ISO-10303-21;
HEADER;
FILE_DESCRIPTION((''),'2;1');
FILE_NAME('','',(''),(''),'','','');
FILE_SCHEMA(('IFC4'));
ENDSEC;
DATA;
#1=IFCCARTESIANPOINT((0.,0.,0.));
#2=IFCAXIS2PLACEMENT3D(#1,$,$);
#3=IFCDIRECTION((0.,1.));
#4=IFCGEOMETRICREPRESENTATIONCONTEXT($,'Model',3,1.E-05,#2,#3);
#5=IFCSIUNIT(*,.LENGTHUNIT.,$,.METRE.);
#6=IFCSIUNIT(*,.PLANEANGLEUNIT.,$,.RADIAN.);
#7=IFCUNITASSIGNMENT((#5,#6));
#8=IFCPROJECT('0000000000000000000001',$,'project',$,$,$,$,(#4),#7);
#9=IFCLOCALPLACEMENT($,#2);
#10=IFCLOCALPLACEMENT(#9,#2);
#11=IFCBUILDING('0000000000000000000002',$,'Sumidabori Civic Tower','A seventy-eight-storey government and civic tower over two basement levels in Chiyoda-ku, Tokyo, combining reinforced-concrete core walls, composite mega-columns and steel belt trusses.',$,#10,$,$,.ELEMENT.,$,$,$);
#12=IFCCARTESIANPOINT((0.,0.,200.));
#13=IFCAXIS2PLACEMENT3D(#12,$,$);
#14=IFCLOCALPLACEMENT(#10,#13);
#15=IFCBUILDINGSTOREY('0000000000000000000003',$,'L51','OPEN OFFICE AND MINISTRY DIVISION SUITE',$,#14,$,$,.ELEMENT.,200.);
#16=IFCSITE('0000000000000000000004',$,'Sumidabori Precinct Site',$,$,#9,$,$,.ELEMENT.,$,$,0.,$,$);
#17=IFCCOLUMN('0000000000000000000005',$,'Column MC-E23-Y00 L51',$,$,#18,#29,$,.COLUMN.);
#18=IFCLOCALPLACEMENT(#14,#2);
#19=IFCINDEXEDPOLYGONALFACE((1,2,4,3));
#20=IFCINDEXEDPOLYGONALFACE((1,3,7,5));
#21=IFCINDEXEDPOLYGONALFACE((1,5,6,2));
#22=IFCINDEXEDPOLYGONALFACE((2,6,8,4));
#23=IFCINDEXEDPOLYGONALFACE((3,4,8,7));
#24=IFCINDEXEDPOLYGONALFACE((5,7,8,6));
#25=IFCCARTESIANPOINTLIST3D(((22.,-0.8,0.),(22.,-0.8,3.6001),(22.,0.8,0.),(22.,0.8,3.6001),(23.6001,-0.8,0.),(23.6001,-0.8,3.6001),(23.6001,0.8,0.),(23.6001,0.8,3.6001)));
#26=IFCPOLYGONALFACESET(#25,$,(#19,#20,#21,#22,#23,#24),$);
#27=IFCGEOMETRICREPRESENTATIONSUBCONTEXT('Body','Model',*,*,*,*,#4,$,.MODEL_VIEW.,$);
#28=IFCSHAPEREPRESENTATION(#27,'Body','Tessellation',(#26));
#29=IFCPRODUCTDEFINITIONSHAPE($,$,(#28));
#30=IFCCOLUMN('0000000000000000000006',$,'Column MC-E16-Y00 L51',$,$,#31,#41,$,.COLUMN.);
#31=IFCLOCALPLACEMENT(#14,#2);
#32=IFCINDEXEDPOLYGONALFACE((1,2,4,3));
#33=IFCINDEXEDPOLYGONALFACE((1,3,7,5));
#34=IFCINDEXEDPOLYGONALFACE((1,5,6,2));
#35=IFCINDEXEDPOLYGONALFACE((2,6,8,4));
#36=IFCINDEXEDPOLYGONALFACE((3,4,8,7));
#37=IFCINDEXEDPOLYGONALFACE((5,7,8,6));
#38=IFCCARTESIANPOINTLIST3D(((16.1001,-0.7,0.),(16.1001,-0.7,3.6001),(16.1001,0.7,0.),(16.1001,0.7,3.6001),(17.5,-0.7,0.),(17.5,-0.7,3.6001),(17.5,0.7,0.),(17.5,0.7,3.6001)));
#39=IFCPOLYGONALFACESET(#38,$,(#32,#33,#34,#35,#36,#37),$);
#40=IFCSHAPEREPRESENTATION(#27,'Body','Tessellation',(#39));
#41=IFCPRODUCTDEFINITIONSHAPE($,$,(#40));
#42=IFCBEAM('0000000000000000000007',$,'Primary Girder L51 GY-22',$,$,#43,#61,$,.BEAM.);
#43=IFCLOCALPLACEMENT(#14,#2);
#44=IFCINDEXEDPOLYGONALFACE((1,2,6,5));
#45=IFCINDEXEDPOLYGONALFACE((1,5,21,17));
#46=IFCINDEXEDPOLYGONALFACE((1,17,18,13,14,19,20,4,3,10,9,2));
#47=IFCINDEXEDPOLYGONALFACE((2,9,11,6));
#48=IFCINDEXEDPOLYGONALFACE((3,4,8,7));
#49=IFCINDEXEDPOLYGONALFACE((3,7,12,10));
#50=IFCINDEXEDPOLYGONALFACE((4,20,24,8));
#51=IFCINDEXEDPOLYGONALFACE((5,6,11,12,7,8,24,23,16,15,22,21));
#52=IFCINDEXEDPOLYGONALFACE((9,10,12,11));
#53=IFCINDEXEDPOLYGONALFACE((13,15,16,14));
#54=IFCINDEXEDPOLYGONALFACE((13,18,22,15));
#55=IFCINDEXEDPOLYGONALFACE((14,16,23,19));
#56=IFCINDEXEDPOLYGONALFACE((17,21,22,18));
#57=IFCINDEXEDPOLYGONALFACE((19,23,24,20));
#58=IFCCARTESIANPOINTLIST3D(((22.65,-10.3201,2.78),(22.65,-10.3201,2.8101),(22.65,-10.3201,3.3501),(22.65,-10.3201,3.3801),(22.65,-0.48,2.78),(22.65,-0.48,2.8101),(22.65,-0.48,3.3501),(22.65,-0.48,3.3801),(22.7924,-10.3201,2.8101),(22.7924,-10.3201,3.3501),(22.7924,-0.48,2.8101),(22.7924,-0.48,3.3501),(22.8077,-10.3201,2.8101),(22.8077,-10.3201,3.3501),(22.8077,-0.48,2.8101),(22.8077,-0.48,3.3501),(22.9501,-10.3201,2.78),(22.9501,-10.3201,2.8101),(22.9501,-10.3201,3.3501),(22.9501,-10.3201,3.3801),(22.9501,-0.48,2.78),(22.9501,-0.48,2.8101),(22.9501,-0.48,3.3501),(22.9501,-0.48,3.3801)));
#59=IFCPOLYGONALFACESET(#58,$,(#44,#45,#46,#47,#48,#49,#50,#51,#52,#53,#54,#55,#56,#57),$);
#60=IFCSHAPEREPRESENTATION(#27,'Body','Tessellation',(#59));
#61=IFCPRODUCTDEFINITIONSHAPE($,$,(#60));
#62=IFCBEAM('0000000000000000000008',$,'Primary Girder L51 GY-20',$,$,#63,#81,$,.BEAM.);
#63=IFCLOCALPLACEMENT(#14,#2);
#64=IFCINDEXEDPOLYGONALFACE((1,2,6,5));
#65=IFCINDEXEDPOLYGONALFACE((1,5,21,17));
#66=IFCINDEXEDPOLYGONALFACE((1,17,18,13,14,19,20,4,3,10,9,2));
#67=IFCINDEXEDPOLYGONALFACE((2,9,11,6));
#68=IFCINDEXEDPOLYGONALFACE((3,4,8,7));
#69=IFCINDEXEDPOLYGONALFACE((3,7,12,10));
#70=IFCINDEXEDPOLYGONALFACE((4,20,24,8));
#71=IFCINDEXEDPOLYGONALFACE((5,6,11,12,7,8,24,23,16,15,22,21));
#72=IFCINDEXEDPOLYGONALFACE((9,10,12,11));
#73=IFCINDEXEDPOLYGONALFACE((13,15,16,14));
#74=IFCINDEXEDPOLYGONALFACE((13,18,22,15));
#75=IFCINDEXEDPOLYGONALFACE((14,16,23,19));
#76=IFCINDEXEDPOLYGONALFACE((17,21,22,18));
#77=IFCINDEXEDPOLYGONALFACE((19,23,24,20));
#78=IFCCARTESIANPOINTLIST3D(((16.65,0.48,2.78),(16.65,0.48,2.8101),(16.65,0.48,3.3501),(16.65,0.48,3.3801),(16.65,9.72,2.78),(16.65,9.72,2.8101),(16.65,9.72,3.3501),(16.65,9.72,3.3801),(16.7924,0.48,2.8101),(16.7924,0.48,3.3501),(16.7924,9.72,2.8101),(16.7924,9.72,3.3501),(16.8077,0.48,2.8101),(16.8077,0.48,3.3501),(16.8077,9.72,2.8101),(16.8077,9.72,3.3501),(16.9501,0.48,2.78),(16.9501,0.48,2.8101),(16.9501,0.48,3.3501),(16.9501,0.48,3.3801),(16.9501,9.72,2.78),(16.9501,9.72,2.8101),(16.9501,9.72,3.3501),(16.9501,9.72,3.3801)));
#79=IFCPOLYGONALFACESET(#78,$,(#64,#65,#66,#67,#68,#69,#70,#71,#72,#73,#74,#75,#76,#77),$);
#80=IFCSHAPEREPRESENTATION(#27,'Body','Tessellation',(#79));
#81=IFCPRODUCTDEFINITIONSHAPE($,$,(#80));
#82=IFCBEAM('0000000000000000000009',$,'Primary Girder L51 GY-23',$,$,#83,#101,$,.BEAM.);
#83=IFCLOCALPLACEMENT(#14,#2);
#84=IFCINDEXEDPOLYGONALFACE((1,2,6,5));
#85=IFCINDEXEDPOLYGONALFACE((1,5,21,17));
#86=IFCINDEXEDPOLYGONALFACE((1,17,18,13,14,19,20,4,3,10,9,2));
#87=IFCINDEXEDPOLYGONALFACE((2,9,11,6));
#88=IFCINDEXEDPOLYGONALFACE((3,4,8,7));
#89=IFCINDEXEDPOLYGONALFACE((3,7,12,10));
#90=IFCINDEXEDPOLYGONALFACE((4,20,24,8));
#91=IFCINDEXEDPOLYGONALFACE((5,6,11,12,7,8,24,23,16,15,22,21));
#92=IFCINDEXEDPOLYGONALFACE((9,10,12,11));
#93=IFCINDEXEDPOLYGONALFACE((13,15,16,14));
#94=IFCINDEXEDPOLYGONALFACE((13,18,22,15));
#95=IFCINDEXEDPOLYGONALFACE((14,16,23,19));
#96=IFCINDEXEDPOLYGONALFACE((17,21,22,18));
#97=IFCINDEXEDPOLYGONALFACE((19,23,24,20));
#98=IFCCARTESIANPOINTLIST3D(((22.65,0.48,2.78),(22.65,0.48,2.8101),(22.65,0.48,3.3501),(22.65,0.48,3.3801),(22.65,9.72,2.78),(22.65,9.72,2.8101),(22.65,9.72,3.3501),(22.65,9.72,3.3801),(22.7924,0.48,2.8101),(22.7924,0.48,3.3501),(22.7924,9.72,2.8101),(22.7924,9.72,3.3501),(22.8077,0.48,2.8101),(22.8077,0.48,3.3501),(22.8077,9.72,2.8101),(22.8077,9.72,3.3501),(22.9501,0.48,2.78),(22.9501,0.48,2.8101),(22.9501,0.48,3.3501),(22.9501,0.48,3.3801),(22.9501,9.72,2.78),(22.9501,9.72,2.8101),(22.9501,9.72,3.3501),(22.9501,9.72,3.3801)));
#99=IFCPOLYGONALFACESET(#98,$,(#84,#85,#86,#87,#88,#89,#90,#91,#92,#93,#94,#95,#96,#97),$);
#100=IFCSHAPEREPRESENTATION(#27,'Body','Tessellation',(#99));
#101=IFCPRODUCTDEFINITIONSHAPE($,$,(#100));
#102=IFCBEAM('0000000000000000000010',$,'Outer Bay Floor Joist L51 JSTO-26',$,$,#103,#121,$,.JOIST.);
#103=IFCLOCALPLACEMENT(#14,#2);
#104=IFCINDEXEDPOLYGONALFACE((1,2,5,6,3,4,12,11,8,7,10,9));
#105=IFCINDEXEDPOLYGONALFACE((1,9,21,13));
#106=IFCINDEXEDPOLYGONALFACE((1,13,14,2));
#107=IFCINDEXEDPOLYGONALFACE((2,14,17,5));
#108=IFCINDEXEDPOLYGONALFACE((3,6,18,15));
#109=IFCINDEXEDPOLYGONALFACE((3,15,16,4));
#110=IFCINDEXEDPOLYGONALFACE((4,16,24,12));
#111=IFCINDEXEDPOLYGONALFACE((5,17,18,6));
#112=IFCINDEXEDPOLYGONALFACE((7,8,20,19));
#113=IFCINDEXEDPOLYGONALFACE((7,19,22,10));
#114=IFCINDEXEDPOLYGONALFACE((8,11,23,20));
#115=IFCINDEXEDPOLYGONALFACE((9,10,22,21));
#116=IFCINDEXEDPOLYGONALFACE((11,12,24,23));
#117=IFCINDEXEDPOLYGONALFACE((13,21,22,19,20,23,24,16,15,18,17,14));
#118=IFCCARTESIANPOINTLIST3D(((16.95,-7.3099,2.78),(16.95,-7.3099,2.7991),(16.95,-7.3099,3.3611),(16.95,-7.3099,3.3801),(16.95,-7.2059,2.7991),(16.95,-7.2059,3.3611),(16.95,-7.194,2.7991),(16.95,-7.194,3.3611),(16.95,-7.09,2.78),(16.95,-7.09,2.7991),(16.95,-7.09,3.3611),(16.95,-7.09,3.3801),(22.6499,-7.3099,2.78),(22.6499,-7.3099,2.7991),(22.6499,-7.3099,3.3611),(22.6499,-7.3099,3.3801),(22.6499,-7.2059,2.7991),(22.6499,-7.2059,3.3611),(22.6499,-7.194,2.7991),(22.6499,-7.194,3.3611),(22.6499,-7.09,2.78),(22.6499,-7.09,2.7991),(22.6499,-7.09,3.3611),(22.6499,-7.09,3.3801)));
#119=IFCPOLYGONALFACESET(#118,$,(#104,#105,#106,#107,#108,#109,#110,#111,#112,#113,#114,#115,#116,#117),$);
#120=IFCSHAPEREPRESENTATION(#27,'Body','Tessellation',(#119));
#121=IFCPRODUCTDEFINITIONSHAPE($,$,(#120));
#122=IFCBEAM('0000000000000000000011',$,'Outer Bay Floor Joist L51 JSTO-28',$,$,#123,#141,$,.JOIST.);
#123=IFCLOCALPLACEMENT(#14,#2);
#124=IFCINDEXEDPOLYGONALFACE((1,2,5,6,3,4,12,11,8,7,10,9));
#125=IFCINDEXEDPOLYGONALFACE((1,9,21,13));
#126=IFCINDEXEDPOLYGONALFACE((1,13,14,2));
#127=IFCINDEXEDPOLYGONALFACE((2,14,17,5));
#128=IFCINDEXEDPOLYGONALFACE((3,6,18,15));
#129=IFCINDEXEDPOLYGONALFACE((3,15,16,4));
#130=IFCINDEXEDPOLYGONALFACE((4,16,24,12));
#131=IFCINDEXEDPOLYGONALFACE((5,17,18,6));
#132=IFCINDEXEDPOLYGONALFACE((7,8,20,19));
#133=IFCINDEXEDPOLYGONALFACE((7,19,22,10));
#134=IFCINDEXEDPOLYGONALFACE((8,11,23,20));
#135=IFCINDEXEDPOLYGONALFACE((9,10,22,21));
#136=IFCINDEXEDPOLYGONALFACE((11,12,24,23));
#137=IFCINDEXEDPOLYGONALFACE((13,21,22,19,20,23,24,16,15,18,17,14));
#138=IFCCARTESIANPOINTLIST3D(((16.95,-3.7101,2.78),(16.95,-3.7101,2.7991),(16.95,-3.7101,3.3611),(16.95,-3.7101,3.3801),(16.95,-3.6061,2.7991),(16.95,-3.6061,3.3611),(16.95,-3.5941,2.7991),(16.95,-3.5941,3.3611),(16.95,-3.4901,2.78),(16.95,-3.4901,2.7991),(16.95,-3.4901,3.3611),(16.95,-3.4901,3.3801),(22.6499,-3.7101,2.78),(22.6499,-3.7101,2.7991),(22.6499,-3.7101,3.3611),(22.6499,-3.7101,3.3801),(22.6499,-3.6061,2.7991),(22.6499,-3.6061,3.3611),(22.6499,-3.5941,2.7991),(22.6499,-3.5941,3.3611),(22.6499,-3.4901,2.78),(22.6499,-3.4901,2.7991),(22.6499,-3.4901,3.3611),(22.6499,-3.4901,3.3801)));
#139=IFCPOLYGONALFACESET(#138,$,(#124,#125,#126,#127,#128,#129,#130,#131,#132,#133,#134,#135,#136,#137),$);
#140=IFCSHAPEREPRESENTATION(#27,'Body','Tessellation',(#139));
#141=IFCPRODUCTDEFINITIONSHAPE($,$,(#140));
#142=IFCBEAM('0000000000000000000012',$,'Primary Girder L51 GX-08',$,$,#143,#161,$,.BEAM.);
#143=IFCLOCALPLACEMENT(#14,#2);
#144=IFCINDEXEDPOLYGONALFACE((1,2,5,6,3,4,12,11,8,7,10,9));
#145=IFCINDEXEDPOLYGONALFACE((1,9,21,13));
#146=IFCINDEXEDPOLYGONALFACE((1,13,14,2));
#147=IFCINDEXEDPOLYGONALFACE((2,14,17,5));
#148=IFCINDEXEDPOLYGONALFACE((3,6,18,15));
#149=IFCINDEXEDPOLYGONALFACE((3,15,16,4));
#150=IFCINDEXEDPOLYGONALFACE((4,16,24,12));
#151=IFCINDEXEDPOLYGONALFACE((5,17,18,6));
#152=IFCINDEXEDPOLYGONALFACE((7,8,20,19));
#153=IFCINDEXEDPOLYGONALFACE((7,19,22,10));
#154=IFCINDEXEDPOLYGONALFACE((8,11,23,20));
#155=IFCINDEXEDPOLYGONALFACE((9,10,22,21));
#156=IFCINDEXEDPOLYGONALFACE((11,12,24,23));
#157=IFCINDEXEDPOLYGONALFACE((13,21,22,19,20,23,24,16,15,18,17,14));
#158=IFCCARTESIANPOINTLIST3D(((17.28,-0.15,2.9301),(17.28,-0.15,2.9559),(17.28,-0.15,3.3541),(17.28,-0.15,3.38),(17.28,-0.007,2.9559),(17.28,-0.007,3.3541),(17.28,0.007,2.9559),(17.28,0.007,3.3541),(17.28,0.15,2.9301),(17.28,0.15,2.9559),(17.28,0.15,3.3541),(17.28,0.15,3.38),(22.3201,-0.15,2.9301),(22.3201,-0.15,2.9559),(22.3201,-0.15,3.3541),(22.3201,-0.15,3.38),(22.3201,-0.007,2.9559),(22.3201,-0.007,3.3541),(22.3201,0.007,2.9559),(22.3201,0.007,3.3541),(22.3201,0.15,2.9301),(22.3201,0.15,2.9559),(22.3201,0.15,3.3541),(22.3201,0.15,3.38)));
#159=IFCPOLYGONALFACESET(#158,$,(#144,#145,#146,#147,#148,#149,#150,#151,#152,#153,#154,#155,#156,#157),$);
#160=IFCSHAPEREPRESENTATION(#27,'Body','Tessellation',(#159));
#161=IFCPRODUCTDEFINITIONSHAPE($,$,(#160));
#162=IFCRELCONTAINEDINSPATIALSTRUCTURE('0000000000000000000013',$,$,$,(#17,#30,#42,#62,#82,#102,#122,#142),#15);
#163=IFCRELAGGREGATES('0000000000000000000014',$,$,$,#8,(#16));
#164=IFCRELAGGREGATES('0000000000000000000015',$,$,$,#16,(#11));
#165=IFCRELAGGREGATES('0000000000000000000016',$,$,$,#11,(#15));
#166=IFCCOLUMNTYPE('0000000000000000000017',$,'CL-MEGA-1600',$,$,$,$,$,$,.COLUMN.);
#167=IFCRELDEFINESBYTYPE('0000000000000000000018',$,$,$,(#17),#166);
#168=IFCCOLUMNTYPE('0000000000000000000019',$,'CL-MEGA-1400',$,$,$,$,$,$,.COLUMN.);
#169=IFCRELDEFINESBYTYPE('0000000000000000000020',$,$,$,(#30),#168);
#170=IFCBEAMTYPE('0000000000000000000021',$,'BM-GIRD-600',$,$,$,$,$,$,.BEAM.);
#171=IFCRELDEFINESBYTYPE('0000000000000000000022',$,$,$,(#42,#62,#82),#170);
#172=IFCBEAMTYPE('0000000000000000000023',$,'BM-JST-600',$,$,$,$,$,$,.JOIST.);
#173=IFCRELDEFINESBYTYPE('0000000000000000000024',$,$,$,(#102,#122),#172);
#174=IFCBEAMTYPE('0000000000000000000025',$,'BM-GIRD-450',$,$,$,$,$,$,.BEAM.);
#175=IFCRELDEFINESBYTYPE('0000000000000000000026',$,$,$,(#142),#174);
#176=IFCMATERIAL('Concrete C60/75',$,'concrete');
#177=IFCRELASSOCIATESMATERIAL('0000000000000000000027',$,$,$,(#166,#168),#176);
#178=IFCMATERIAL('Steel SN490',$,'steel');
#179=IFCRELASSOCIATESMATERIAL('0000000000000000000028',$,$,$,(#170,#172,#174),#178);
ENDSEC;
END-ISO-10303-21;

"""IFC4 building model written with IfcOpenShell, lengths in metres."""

from ifc_helpers import new_model, si_unit, direction, frame, origin, origin_2d, place, context, subcontext, project, spatial, rectangle, i_section, extrude, source, transform, mapped, material, material_profile, profile_set, type_object, element, save


model = new_model("IFC4")

# Units and contexts
model_context = context("Model", 3, precision=1e-05, world=origin(), true_north=direction((0.0, 1.0)))
body_context = subcontext(model_context, "Body", "Model", "MODEL_VIEW")
ifc_project = project(units=[si_unit("LENGTHUNIT", "METRE"), si_unit("PLANEANGLEUNIT", "RADIAN")], contexts=[model_context])

# Site, building, storey
site_placement = place(None, origin())
site = spatial("IfcSite", under=ifc_project, at=site_placement, Name="Sumidabori Precinct Site", CompositionType="ELEMENT", RefElevation=0.0)
building_placement = place(site_placement, origin())
building = spatial("IfcBuilding", under=site, at=building_placement, Name="Sumidabori Civic Tower", Description="A seventy-eight-storey government and civic tower over two basement levels in Chiyoda-ku, Tokyo, combining reinforced-concrete core walls, composite mega-columns and steel belt trusses.", CompositionType="ELEMENT")
storey_placement = place(building_placement, frame((0.0, 0.0, 200.0)))
storey = spatial("IfcBuildingStorey", under=building, at=storey_placement, Name="L51", Description="OPEN OFFICE AND MINISTRY DIVISION SUITE", CompositionType="ELEMENT", Elevation=200.0)

# Columns
ifc_material_1 = material(Name="Concrete C60/75", Category="concrete")
ifc_material_profile_1 = material_profile(ifc_material_1, rectangle(XDim=1.6001, YDim=1.6001, at=origin_2d()), Name="RC 1600x1600")
ifc_profile_set_1 = profile_set([ifc_material_profile_1], Name="Concrete C60/75")
column_type_1 = type_object("IfcColumnType", Name="CL-MEGA-1600", PredefinedType="COLUMN", material=ifc_profile_set_1)
shared_shape_1 = source(origin(), body_context, "Body", "SweptSolid", [
    extrude(rectangle(XDim=1.6001, YDim=1.6001, at=origin_2d()), origin(), (0.0, 0.0, 1.0), 3.6001),
])
column_1_placement = place(storey_placement, frame((22.8, 0.0, 0.0), z_axis=(0.0, 0.0, 1.0), x_axis=(1.0, 0.0, 0.0)))
element("IfcColumn", 1, at=column_1_placement, inside=storey, type_object=column_type_1, Name="Column MC-E23-Y00 L51", PredefinedType="COLUMN", context=body_context, shape_type="MappedRepresentation", body=[
    mapped(shared_shape_1, transform((0.0, 0.0, 0.0), x_axis=(1.0, 0.0, 0.0), y_axis=(0.0, 1.0, 0.0), z_axis=(0.0, 0.0, 1.0), scale=1.0)),
])
ifc_material_profile_2 = material_profile(ifc_material_1, rectangle(XDim=1.3999, YDim=1.3999, at=origin_2d()), Name="RC 1400x1400")
ifc_profile_set_2 = profile_set([ifc_material_profile_2], Name="Concrete C60/75")
column_type_2 = type_object("IfcColumnType", Name="CL-MEGA-1400", PredefinedType="COLUMN", material=ifc_profile_set_2)
shared_shape_2 = source(origin(), body_context, "Body", "SweptSolid", [
    extrude(rectangle(XDim=1.3999, YDim=1.3999, at=origin_2d()), origin(), (0.0, 0.0, 1.0), 3.6001),
])
column_2_placement = place(storey_placement, frame((16.8, 0.0, 0.0), z_axis=(0.0, 0.0, 1.0), x_axis=(1.0, 0.0, 0.0)))
element("IfcColumn", 2, at=column_2_placement, inside=storey, type_object=column_type_2, Name="Column MC-E16-Y00 L51", PredefinedType="COLUMN", context=body_context, shape_type="MappedRepresentation", body=[
    mapped(shared_shape_2, transform((0.0, 0.0, 0.0), x_axis=(1.0, 0.0, 0.0), y_axis=(0.0, 1.0, 0.0), z_axis=(0.0, 0.0, 1.0), scale=1.0)),
])

# Beams
ifc_material_2 = material(Name="Steel SN490", Category="steel")
ifc_material_profile_3 = material_profile(ifc_material_2, i_section(OverallWidth=0.3, OverallDepth=0.6001, WebThickness=0.0154, FlangeThickness=0.03, at=origin_2d()), Name="HE 600 B")
ifc_profile_set_3 = profile_set([ifc_material_profile_3], Name="Steel SN490")
beam_type_1 = type_object("IfcBeamType", Name="BM-GIRD-600", PredefinedType="BEAM", material=ifc_profile_set_3)
shared_shape_3 = source(origin(), body_context, "Body", "SweptSolid", [
    extrude(i_section(OverallWidth=0.3, OverallDepth=0.6001, WebThickness=0.0154, FlangeThickness=0.03, at=origin_2d()), origin(), (0.0, 0.0, 1.0), 9.8401),
])
beam_1_placement = place(storey_placement, frame((22.8, -10.3201, 3.0801), z_axis=(0.0, 1.0, 0.0), x_axis=(-1.0, 0.0, 0.0)))
element("IfcBeam", 3, at=beam_1_placement, inside=storey, type_object=beam_type_1, Name="Primary Girder L51 GY-22", PredefinedType="BEAM", context=body_context, shape_type="MappedRepresentation", body=[
    mapped(shared_shape_3, transform((0.0, 0.0, 0.0), x_axis=(1.0, 0.0, 0.0), y_axis=(0.0, 1.0, 0.0), z_axis=(0.0, 0.0, 1.0), scale=1.0)),
])
shared_shape_4 = source(origin(), body_context, "Body", "SweptSolid", [
    extrude(i_section(OverallWidth=0.3, OverallDepth=0.6001, WebThickness=0.0154, FlangeThickness=0.03, at=origin_2d()), origin(), (0.0, 0.0, 1.0), 9.24),
])
for number, where, z_axis, x_axis, name in (
    (4, (16.8, 0.48, 3.0801), (0.0, 1.0, 0.0), (-1.0, 0.0, 0.0), "Primary Girder L51 GY-20"),
    (5, (22.8, 0.48, 3.0801), (0.0, 1.0, 0.0), (-1.0, 0.0, 0.0), "Primary Girder L51 GY-23"),
):
    element("IfcBeam", number, at=place(storey_placement, frame(where, z_axis=z_axis, x_axis=x_axis)), inside=storey, type_object=beam_type_1, Name=name, PredefinedType="BEAM", context=body_context, shape_type="MappedRepresentation", body=[
        mapped(shared_shape_4, transform((0.0, 0.0, 0.0), x_axis=(1.0, 0.0, 0.0), y_axis=(0.0, 1.0, 0.0), z_axis=(0.0, 0.0, 1.0), scale=1.0)),
    ])
ifc_material_profile_4 = material_profile(ifc_material_2, i_section(OverallWidth=0.22, OverallDepth=0.6001, WebThickness=0.012, FlangeThickness=0.019, at=origin_2d()), Name="IPE 600")
ifc_profile_set_4 = profile_set([ifc_material_profile_4], Name="Steel SN490")
beam_type_2 = type_object("IfcBeamType", Name="BM-JST-600", PredefinedType="JOIST", material=ifc_profile_set_4)
shared_shape_5 = source(origin(), body_context, "Body", "SweptSolid", [
    extrude(i_section(OverallWidth=0.22, OverallDepth=0.6001, WebThickness=0.012, FlangeThickness=0.019, at=origin_2d()), origin(), (0.0, 0.0, 1.0), 5.7),
])
for number, where, z_axis, x_axis, name in (
    (6, (16.95, -7.2, 3.0801), (1.0, 0.0, 0.0), (0.0, 1.0, 0.0), "Outer Bay Floor Joist L51 JSTO-26"),
    (7, (16.95, -3.6001, 3.0801), (1.0, 0.0, 0.0), (0.0, 1.0, 0.0), "Outer Bay Floor Joist L51 JSTO-28"),
):
    element("IfcBeam", number, at=place(storey_placement, frame(where, z_axis=z_axis, x_axis=x_axis)), inside=storey, type_object=beam_type_2, Name=name, PredefinedType="JOIST", context=body_context, shape_type="MappedRepresentation", body=[
        mapped(shared_shape_5, transform((0.0, 0.0, 0.0), x_axis=(1.0, 0.0, 0.0), y_axis=(0.0, 1.0, 0.0), z_axis=(0.0, 0.0, 1.0), scale=1.0)),
    ])
ifc_material_profile_5 = material_profile(ifc_material_2, i_section(OverallWidth=0.3, OverallDepth=0.45, WebThickness=0.0139, FlangeThickness=0.0259, at=origin_2d()), Name="HE 450 B")
ifc_profile_set_5 = profile_set([ifc_material_profile_5], Name="Steel SN490")
beam_type_3 = type_object("IfcBeamType", Name="BM-GIRD-450", PredefinedType="BEAM", material=ifc_profile_set_5)
shared_shape_6 = source(origin(), body_context, "Body", "SweptSolid", [
    extrude(i_section(OverallWidth=0.3, OverallDepth=0.45, WebThickness=0.0139, FlangeThickness=0.0259, at=origin_2d()), origin(), (0.0, 0.0, 1.0), 5.04),
])
beam_2_placement = place(storey_placement, frame((17.28, 0.0, 3.155), z_axis=(1.0, 0.0, 0.0), x_axis=(0.0, 1.0, 0.0)))
element("IfcBeam", 8, at=beam_2_placement, inside=storey, type_object=beam_type_3, Name="Primary Girder L51 GX-08", PredefinedType="BEAM", context=body_context, shape_type="MappedRepresentation", body=[
    mapped(shared_shape_6, transform((0.0, 0.0, 0.0), x_axis=(1.0, 0.0, 0.0), y_axis=(0.0, 1.0, 0.0), z_axis=(0.0, 0.0, 1.0), scale=1.0)),
])

save(model, "model.ifc")
